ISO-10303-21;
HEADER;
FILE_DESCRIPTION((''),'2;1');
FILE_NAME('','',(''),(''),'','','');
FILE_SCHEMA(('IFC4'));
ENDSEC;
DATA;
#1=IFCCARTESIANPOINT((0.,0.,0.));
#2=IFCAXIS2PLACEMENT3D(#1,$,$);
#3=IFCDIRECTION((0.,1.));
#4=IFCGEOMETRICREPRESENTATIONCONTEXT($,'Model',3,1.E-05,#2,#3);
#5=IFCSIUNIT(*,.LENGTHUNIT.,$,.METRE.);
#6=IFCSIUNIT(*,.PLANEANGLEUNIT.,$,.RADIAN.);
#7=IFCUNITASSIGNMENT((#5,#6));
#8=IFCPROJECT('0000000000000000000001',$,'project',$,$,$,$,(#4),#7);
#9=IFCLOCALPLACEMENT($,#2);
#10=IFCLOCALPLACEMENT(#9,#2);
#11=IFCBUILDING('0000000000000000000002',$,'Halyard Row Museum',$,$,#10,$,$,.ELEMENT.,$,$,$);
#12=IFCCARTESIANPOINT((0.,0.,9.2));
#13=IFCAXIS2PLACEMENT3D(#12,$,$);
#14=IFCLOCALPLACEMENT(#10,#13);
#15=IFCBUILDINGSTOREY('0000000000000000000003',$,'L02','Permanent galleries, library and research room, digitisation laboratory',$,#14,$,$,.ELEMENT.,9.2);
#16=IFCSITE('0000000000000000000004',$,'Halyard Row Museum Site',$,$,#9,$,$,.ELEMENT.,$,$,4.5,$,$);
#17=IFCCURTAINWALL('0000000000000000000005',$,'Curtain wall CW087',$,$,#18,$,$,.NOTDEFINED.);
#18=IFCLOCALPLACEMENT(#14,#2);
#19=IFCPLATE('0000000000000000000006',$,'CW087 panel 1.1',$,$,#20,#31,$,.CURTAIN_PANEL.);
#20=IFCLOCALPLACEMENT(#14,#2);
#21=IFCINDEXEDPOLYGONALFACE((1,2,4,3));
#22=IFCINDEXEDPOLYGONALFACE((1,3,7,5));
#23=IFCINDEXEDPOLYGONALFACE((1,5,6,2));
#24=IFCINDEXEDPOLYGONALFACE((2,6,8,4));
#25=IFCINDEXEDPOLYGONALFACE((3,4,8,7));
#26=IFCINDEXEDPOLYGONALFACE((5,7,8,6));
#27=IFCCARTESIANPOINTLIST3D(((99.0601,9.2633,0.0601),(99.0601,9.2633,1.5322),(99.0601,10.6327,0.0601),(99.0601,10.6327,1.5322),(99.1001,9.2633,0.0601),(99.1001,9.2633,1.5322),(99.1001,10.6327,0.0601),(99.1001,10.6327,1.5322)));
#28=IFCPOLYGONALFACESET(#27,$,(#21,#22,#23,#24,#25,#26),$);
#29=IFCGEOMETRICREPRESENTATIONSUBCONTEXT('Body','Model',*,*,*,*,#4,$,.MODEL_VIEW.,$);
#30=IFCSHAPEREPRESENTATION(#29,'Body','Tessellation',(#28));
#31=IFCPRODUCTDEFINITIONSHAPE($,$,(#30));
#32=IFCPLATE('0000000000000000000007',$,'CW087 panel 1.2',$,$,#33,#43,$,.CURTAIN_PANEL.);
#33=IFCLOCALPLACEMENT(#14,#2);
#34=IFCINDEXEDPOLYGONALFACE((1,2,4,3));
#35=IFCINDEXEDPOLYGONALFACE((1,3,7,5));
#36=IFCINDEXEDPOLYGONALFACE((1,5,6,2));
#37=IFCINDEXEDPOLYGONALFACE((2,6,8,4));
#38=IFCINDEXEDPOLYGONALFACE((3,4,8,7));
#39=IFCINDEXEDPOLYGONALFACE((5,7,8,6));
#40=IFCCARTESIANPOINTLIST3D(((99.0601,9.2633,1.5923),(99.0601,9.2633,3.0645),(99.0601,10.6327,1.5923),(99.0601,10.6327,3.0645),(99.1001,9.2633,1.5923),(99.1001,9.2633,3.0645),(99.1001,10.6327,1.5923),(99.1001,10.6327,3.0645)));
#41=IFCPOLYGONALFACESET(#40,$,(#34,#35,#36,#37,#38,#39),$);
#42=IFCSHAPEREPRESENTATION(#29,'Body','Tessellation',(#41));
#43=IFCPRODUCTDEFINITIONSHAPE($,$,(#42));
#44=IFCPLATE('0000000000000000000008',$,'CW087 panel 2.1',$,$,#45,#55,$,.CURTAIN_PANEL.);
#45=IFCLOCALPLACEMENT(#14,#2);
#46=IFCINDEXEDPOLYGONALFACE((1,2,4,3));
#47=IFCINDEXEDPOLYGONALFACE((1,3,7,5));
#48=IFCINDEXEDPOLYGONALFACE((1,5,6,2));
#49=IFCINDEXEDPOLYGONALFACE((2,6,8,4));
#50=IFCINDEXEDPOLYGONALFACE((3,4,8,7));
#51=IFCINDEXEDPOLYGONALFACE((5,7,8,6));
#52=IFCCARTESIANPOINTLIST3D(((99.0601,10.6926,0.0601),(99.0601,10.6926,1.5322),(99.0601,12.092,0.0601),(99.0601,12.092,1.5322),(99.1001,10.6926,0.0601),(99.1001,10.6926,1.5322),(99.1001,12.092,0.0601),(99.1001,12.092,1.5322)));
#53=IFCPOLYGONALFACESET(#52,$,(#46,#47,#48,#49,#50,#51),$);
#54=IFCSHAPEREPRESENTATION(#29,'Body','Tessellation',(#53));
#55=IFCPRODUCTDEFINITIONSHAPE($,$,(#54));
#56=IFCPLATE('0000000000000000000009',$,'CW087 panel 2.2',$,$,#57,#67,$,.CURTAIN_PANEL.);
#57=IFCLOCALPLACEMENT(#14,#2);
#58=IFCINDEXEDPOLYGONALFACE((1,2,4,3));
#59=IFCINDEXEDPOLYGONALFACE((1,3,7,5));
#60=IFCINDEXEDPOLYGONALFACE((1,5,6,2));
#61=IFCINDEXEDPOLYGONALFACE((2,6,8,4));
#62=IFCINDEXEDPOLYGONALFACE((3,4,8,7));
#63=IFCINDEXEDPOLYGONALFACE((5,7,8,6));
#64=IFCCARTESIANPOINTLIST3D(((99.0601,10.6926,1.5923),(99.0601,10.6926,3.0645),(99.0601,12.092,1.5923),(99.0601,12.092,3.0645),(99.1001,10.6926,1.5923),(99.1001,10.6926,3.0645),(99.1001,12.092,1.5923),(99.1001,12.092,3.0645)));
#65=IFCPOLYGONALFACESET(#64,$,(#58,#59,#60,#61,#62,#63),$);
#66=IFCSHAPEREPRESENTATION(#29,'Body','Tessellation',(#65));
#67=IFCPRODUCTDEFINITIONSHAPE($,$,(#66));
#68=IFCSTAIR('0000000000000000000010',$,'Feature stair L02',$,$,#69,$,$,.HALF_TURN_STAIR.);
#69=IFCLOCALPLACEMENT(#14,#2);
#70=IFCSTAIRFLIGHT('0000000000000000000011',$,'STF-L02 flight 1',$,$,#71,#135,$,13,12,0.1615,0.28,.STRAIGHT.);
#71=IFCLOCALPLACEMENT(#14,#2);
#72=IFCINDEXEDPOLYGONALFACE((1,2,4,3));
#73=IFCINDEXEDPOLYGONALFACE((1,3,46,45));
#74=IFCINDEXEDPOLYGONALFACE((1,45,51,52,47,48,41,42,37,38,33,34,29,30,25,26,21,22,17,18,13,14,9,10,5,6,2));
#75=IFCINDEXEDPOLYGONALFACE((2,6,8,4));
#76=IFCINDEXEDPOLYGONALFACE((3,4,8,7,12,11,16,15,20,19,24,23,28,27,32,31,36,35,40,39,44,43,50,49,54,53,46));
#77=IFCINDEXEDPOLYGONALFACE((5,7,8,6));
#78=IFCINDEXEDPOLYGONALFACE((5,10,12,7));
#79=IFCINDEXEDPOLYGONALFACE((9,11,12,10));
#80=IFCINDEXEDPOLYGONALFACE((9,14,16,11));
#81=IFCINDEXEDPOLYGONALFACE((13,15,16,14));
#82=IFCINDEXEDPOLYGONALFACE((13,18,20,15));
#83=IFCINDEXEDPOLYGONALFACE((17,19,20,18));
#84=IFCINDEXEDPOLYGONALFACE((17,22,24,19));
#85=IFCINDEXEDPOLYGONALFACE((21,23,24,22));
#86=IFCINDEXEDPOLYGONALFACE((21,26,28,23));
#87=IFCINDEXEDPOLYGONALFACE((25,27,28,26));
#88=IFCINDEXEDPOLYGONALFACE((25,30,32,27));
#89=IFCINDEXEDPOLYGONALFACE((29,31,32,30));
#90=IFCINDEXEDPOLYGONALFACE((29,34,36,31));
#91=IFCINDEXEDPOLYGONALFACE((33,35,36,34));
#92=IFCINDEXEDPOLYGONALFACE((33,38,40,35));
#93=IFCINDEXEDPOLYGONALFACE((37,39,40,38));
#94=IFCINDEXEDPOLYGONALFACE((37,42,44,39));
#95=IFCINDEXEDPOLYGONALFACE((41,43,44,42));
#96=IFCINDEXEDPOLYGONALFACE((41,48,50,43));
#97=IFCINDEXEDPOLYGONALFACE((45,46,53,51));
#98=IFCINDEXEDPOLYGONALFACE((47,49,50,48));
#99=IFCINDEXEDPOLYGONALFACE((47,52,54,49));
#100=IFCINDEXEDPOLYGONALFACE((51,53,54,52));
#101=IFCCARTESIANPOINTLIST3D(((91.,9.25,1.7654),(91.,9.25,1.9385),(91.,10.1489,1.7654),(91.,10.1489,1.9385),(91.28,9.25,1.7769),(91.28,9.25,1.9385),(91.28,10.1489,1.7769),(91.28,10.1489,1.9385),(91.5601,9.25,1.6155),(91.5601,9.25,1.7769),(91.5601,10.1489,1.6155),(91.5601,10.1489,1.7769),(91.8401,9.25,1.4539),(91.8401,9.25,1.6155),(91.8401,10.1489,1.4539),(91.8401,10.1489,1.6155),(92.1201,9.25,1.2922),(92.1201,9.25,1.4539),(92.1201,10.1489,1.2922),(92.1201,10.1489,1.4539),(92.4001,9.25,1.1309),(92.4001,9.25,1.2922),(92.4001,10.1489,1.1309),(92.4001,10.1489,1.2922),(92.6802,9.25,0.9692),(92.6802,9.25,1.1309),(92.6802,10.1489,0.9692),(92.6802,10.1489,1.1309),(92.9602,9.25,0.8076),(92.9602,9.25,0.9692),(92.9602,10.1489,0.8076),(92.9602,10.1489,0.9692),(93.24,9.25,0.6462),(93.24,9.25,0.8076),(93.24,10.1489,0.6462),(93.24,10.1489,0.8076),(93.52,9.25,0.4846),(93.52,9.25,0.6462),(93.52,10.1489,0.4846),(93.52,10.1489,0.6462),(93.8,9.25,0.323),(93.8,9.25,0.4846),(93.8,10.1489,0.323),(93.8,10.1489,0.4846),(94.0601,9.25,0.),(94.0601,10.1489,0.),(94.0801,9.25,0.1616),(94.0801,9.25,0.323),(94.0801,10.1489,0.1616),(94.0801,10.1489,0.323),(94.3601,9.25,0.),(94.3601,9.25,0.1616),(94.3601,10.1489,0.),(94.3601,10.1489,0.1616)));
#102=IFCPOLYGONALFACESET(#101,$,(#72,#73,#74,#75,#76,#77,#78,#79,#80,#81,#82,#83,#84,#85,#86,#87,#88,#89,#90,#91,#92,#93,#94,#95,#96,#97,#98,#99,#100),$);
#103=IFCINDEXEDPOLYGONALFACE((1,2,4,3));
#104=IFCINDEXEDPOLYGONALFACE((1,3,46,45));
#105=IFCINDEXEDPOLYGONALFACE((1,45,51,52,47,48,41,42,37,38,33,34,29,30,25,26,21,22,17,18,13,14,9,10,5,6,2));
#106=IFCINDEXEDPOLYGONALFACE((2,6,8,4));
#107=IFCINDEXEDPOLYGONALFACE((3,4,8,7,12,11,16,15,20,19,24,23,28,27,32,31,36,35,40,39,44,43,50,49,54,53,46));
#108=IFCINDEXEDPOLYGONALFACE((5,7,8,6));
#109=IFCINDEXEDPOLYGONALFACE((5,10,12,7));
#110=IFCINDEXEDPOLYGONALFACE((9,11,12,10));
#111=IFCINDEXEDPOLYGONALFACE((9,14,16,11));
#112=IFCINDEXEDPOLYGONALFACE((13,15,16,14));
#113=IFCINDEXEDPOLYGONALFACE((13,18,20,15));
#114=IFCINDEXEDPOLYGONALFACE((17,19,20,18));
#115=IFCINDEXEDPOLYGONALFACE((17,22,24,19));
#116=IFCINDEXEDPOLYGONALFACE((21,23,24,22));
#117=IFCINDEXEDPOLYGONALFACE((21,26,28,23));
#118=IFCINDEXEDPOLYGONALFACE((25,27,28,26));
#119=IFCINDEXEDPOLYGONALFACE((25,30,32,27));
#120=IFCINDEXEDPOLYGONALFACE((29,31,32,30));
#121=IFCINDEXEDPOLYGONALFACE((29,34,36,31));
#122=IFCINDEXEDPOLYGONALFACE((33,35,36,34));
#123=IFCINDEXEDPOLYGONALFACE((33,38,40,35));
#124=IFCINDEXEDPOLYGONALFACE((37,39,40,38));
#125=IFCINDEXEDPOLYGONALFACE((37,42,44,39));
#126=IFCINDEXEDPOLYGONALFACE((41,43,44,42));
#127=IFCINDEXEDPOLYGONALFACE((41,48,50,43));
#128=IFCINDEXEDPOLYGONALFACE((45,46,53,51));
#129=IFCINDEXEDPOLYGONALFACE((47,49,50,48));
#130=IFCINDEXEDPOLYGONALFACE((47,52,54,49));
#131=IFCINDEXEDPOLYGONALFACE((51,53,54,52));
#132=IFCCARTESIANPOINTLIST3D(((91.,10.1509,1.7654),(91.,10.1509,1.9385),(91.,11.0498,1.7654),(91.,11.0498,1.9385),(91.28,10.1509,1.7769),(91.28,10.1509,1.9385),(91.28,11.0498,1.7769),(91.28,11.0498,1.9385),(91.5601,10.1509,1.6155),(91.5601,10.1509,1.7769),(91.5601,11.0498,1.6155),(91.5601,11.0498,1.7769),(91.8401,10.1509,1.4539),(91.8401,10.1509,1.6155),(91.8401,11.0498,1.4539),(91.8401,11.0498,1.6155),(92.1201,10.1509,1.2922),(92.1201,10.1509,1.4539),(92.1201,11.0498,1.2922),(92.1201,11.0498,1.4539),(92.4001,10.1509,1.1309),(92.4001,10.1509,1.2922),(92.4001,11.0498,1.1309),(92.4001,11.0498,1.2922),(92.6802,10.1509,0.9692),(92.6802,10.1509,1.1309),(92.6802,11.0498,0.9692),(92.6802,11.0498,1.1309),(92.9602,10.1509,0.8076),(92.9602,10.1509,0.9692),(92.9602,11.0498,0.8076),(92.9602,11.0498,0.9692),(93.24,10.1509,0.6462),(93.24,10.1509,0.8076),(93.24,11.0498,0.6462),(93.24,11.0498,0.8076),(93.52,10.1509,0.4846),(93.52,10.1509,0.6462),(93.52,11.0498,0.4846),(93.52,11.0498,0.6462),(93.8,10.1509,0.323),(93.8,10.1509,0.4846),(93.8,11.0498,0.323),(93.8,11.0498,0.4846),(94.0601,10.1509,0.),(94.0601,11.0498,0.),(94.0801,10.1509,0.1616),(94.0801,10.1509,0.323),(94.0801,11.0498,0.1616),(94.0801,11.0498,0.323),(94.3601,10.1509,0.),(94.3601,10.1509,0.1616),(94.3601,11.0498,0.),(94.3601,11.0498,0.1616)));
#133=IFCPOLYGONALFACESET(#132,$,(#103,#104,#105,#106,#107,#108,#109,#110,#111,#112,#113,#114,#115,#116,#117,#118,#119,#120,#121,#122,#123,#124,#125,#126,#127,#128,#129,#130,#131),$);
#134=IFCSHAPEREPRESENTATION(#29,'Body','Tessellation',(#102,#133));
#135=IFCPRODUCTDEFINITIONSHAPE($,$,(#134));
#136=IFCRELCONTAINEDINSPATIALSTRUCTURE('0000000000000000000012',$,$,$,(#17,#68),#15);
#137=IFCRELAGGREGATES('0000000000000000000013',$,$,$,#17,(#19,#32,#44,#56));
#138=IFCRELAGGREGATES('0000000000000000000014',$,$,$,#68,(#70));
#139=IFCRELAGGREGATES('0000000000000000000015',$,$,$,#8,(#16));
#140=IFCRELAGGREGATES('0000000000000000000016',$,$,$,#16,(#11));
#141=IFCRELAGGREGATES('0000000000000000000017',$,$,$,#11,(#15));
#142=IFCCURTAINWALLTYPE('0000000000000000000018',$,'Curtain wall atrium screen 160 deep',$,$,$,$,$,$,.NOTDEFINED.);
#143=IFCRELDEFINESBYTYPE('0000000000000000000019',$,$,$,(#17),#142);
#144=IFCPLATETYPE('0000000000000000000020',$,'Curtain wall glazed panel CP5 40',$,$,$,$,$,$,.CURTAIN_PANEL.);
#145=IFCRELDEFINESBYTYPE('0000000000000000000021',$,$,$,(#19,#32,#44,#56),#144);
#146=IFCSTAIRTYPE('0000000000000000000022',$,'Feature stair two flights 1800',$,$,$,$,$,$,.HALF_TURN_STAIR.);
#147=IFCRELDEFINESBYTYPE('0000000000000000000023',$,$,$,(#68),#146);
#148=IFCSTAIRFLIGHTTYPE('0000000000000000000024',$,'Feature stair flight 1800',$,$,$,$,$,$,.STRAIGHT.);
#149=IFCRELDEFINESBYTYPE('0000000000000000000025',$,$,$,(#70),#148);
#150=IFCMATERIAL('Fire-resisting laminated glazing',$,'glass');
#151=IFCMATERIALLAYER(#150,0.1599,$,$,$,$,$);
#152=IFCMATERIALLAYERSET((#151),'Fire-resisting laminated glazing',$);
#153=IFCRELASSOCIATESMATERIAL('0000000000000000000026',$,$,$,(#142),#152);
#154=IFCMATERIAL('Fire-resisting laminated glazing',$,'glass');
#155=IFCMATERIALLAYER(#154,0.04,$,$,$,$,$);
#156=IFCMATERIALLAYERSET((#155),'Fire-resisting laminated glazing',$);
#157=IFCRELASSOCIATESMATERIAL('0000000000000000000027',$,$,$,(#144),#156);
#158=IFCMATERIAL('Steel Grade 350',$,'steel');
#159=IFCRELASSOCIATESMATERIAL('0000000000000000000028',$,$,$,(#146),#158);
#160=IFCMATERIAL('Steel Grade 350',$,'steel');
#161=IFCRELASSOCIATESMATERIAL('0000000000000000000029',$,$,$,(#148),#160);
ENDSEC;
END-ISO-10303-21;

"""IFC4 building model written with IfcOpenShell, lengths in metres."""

from ifc_helpers import new_model, si_unit, direction, frame, origin, origin_2d, place, context, subcontext, project, spatial, polyline, rectangle, outline, extrude, material, layer, layer_set, type_object, element, aggregate, save


model = new_model("IFC4")

# Units and contexts
model_context = context("Model", 3, precision=1e-05, world=origin(), true_north=direction((0.0, 1.0)))
body_context = subcontext(model_context, "Body", "Model", "MODEL_VIEW")
ifc_project = project(units=[si_unit("LENGTHUNIT", "METRE"), si_unit("PLANEANGLEUNIT", "RADIAN")], contexts=[model_context])

# Site, building, storey
site_placement = place(None, origin())
site = spatial("IfcSite", under=ifc_project, at=site_placement, Name="Halyard Row Museum Site", CompositionType="ELEMENT", RefElevation=4.5)
building_placement = place(site_placement, origin())
building = spatial("IfcBuilding", under=site, at=building_placement, Name="Halyard Row Museum", CompositionType="ELEMENT")
storey_placement = place(building_placement, frame((0.0, 0.0, 9.2)))
storey = spatial("IfcBuildingStorey", under=building, at=storey_placement, Name="L02", Description="Permanent galleries, library and research room, digitisation laboratory", CompositionType="ELEMENT", Elevation=9.2)

# Curtain wall
ifc_material_1 = material(Name="Fire-resisting laminated glazing", Category="glass")
ifc_layer_1 = layer(ifc_material_1, 0.1599)
ifc_layer_set_1 = layer_set([ifc_layer_1], Name="Fire-resisting laminated glazing")
curtain_wall_type = type_object("IfcCurtainWallType", Name="Curtain wall atrium screen 160 deep", PredefinedType="NOTDEFINED", material=ifc_layer_set_1)
curtain_wall_placement = place(storey_placement, origin())
curtain_wall = element("IfcCurtainWall", 1, at=curtain_wall_placement, inside=storey, type_object=curtain_wall_type, Name="Curtain wall CW087", PredefinedType="NOTDEFINED")

# Plates
ifc_material_2 = material(Name="Fire-resisting laminated glazing", Category="glass")
ifc_layer_2 = layer(ifc_material_2, 0.04)
ifc_layer_set_2 = layer_set([ifc_layer_2], Name="Fire-resisting laminated glazing")
plate_type = type_object("IfcPlateType", Name="Curtain wall glazed panel CP5 40", PredefinedType="CURTAIN_PANEL", material=ifc_layer_set_2)
plate_1_placement = place(storey_placement, frame((99.0801, 9.948, 0.0601), z_axis=(0.0, 0.0, 1.0), x_axis=(0.0, 1.0, 0.0)))
plate_1 = element("IfcPlate", 2, at=plate_1_placement, type_object=plate_type, Name="CW087 panel 1.1", PredefinedType="CURTAIN_PANEL", context=body_context, shape_type="SweptSolid", body=[
    extrude(rectangle(XDim=1.3694, YDim=0.04, at=origin_2d()), origin(), (0.0, 0.0, 1.0), 1.4722),
])
plate_2_placement = place(storey_placement, frame((99.0801, 9.948, 1.5923), z_axis=(0.0, 0.0, 1.0), x_axis=(0.0, 1.0, 0.0)))
plate_2 = element("IfcPlate", 3, at=plate_2_placement, type_object=plate_type, Name="CW087 panel 1.2", PredefinedType="CURTAIN_PANEL", context=body_context, shape_type="SweptSolid", body=[
    extrude(rectangle(XDim=1.3694, YDim=0.04, at=origin_2d()), origin(), (0.0, 0.0, 1.0), 1.4722),
])
plate_3_placement = place(storey_placement, frame((99.0801, 11.3923, 0.0601), z_axis=(0.0, 0.0, 1.0), x_axis=(0.0, 1.0, 0.0)))
plate_3 = element("IfcPlate", 4, at=plate_3_placement, type_object=plate_type, Name="CW087 panel 2.1", PredefinedType="CURTAIN_PANEL", context=body_context, shape_type="SweptSolid", body=[
    extrude(rectangle(XDim=1.3994, YDim=0.04, at=origin_2d()), origin(), (0.0, 0.0, 1.0), 1.4722),
])
plate_4_placement = place(storey_placement, frame((99.0801, 11.3923, 1.5923), z_axis=(0.0, 0.0, 1.0), x_axis=(0.0, 1.0, 0.0)))
plate_4 = element("IfcPlate", 5, at=plate_4_placement, type_object=plate_type, Name="CW087 panel 2.2", PredefinedType="CURTAIN_PANEL", context=body_context, shape_type="SweptSolid", body=[
    extrude(rectangle(XDim=1.3994, YDim=0.04, at=origin_2d()), origin(), (0.0, 0.0, 1.0), 1.4722),
])
aggregate(curtain_wall, [plate_1, plate_2, plate_3, plate_4])

# Stair, stair flight
ifc_material_3 = material(Name="Steel Grade 350", Category="steel")
stair_type = type_object("IfcStairType", Name="Feature stair two flights 1800", PredefinedType="HALF_TURN_STAIR", material=ifc_material_3)
stair_placement = place(storey_placement, origin())
stair = element("IfcStair", 6, at=stair_placement, inside=storey, type_object=stair_type, Name="Feature stair L02", PredefinedType="HALF_TURN_STAIR")
ifc_material_4 = material(Name="Steel Grade 350", Category="steel")
stair_flight_type = type_object("IfcStairFlightType", Name="Feature stair flight 1800", PredefinedType="STRAIGHT", material=ifc_material_4)
stair_flight_placement = place(storey_placement, frame((94.3601, 10.1499, 0.0), z_axis=(0.0, 0.0, 1.0), x_axis=(-1.0, 0.0, 0.0)))
stair_flight = element("IfcStairFlight", 7, at=stair_flight_placement, type_object=stair_flight_type, Name="STF-L02 flight 1", NumberOfRisers=13, NumberOfTreads=12, PredefinedType="STRAIGHT", RiserHeight=0.1615, TreadLength=0.28, context=body_context, shape_type="SweptSolid", body=[
    extrude(outline(polyline([(0.0, 0.0), (0.0, 0.1616), (0.28, 0.1616), (0.28, 0.323), (0.5601, 0.323), (0.5601, 0.4846), (0.8401, 0.4846), (0.8401, 0.6462), (1.1201, 0.6462), (1.1201, 0.8076), (1.3999, 0.8076), (1.3999, 0.9692), (1.6799, 0.9692), (1.6799, 1.1309), (1.96, 1.1309), (1.96, 1.2922), (2.24, 1.2922), (2.24, 1.4539), (2.52, 1.4539), (2.52, 1.6155), (2.8, 1.6155), (2.8, 1.7769), (3.0801, 1.7769), (3.0801, 1.9385), (3.3601, 1.9385), (3.3601, 2.1001), (3.3601, 1.7654), (0.3, 0.0), (0.0, 0.0)])), frame((0.0, 0.8999, 0.0), z_axis=(0.0, -1.0, 0.0), x_axis=(1.0, 0.0, 0.0)), (0.0, 0.0, 1.0), 0.8989),
    extrude(outline(polyline([(0.0, 0.0), (0.0, 0.1616), (0.28, 0.1616), (0.28, 0.323), (0.5601, 0.323), (0.5601, 0.4846), (0.8401, 0.4846), (0.8401, 0.6462), (1.1201, 0.6462), (1.1201, 0.8076), (1.3999, 0.8076), (1.3999, 0.9692), (1.6799, 0.9692), (1.6799, 1.1309), (1.96, 1.1309), (1.96, 1.2922), (2.24, 1.2922), (2.24, 1.4539), (2.52, 1.4539), (2.52, 1.6155), (2.8, 1.6155), (2.8, 1.7769), (3.0801, 1.7769), (3.0801, 1.9385), (3.3601, 1.9385), (3.3601, 2.1001), (3.3601, 1.7654), (0.3, 0.0), (0.0, 0.0)])), frame((0.0, -0.001, 0.0), z_axis=(0.0, -1.0, 0.0), x_axis=(1.0, 0.0, 0.0)), (0.0, 0.0, 1.0), 0.8989),
])
aggregate(stair, [stair_flight])

save(model, "model.ifc")
